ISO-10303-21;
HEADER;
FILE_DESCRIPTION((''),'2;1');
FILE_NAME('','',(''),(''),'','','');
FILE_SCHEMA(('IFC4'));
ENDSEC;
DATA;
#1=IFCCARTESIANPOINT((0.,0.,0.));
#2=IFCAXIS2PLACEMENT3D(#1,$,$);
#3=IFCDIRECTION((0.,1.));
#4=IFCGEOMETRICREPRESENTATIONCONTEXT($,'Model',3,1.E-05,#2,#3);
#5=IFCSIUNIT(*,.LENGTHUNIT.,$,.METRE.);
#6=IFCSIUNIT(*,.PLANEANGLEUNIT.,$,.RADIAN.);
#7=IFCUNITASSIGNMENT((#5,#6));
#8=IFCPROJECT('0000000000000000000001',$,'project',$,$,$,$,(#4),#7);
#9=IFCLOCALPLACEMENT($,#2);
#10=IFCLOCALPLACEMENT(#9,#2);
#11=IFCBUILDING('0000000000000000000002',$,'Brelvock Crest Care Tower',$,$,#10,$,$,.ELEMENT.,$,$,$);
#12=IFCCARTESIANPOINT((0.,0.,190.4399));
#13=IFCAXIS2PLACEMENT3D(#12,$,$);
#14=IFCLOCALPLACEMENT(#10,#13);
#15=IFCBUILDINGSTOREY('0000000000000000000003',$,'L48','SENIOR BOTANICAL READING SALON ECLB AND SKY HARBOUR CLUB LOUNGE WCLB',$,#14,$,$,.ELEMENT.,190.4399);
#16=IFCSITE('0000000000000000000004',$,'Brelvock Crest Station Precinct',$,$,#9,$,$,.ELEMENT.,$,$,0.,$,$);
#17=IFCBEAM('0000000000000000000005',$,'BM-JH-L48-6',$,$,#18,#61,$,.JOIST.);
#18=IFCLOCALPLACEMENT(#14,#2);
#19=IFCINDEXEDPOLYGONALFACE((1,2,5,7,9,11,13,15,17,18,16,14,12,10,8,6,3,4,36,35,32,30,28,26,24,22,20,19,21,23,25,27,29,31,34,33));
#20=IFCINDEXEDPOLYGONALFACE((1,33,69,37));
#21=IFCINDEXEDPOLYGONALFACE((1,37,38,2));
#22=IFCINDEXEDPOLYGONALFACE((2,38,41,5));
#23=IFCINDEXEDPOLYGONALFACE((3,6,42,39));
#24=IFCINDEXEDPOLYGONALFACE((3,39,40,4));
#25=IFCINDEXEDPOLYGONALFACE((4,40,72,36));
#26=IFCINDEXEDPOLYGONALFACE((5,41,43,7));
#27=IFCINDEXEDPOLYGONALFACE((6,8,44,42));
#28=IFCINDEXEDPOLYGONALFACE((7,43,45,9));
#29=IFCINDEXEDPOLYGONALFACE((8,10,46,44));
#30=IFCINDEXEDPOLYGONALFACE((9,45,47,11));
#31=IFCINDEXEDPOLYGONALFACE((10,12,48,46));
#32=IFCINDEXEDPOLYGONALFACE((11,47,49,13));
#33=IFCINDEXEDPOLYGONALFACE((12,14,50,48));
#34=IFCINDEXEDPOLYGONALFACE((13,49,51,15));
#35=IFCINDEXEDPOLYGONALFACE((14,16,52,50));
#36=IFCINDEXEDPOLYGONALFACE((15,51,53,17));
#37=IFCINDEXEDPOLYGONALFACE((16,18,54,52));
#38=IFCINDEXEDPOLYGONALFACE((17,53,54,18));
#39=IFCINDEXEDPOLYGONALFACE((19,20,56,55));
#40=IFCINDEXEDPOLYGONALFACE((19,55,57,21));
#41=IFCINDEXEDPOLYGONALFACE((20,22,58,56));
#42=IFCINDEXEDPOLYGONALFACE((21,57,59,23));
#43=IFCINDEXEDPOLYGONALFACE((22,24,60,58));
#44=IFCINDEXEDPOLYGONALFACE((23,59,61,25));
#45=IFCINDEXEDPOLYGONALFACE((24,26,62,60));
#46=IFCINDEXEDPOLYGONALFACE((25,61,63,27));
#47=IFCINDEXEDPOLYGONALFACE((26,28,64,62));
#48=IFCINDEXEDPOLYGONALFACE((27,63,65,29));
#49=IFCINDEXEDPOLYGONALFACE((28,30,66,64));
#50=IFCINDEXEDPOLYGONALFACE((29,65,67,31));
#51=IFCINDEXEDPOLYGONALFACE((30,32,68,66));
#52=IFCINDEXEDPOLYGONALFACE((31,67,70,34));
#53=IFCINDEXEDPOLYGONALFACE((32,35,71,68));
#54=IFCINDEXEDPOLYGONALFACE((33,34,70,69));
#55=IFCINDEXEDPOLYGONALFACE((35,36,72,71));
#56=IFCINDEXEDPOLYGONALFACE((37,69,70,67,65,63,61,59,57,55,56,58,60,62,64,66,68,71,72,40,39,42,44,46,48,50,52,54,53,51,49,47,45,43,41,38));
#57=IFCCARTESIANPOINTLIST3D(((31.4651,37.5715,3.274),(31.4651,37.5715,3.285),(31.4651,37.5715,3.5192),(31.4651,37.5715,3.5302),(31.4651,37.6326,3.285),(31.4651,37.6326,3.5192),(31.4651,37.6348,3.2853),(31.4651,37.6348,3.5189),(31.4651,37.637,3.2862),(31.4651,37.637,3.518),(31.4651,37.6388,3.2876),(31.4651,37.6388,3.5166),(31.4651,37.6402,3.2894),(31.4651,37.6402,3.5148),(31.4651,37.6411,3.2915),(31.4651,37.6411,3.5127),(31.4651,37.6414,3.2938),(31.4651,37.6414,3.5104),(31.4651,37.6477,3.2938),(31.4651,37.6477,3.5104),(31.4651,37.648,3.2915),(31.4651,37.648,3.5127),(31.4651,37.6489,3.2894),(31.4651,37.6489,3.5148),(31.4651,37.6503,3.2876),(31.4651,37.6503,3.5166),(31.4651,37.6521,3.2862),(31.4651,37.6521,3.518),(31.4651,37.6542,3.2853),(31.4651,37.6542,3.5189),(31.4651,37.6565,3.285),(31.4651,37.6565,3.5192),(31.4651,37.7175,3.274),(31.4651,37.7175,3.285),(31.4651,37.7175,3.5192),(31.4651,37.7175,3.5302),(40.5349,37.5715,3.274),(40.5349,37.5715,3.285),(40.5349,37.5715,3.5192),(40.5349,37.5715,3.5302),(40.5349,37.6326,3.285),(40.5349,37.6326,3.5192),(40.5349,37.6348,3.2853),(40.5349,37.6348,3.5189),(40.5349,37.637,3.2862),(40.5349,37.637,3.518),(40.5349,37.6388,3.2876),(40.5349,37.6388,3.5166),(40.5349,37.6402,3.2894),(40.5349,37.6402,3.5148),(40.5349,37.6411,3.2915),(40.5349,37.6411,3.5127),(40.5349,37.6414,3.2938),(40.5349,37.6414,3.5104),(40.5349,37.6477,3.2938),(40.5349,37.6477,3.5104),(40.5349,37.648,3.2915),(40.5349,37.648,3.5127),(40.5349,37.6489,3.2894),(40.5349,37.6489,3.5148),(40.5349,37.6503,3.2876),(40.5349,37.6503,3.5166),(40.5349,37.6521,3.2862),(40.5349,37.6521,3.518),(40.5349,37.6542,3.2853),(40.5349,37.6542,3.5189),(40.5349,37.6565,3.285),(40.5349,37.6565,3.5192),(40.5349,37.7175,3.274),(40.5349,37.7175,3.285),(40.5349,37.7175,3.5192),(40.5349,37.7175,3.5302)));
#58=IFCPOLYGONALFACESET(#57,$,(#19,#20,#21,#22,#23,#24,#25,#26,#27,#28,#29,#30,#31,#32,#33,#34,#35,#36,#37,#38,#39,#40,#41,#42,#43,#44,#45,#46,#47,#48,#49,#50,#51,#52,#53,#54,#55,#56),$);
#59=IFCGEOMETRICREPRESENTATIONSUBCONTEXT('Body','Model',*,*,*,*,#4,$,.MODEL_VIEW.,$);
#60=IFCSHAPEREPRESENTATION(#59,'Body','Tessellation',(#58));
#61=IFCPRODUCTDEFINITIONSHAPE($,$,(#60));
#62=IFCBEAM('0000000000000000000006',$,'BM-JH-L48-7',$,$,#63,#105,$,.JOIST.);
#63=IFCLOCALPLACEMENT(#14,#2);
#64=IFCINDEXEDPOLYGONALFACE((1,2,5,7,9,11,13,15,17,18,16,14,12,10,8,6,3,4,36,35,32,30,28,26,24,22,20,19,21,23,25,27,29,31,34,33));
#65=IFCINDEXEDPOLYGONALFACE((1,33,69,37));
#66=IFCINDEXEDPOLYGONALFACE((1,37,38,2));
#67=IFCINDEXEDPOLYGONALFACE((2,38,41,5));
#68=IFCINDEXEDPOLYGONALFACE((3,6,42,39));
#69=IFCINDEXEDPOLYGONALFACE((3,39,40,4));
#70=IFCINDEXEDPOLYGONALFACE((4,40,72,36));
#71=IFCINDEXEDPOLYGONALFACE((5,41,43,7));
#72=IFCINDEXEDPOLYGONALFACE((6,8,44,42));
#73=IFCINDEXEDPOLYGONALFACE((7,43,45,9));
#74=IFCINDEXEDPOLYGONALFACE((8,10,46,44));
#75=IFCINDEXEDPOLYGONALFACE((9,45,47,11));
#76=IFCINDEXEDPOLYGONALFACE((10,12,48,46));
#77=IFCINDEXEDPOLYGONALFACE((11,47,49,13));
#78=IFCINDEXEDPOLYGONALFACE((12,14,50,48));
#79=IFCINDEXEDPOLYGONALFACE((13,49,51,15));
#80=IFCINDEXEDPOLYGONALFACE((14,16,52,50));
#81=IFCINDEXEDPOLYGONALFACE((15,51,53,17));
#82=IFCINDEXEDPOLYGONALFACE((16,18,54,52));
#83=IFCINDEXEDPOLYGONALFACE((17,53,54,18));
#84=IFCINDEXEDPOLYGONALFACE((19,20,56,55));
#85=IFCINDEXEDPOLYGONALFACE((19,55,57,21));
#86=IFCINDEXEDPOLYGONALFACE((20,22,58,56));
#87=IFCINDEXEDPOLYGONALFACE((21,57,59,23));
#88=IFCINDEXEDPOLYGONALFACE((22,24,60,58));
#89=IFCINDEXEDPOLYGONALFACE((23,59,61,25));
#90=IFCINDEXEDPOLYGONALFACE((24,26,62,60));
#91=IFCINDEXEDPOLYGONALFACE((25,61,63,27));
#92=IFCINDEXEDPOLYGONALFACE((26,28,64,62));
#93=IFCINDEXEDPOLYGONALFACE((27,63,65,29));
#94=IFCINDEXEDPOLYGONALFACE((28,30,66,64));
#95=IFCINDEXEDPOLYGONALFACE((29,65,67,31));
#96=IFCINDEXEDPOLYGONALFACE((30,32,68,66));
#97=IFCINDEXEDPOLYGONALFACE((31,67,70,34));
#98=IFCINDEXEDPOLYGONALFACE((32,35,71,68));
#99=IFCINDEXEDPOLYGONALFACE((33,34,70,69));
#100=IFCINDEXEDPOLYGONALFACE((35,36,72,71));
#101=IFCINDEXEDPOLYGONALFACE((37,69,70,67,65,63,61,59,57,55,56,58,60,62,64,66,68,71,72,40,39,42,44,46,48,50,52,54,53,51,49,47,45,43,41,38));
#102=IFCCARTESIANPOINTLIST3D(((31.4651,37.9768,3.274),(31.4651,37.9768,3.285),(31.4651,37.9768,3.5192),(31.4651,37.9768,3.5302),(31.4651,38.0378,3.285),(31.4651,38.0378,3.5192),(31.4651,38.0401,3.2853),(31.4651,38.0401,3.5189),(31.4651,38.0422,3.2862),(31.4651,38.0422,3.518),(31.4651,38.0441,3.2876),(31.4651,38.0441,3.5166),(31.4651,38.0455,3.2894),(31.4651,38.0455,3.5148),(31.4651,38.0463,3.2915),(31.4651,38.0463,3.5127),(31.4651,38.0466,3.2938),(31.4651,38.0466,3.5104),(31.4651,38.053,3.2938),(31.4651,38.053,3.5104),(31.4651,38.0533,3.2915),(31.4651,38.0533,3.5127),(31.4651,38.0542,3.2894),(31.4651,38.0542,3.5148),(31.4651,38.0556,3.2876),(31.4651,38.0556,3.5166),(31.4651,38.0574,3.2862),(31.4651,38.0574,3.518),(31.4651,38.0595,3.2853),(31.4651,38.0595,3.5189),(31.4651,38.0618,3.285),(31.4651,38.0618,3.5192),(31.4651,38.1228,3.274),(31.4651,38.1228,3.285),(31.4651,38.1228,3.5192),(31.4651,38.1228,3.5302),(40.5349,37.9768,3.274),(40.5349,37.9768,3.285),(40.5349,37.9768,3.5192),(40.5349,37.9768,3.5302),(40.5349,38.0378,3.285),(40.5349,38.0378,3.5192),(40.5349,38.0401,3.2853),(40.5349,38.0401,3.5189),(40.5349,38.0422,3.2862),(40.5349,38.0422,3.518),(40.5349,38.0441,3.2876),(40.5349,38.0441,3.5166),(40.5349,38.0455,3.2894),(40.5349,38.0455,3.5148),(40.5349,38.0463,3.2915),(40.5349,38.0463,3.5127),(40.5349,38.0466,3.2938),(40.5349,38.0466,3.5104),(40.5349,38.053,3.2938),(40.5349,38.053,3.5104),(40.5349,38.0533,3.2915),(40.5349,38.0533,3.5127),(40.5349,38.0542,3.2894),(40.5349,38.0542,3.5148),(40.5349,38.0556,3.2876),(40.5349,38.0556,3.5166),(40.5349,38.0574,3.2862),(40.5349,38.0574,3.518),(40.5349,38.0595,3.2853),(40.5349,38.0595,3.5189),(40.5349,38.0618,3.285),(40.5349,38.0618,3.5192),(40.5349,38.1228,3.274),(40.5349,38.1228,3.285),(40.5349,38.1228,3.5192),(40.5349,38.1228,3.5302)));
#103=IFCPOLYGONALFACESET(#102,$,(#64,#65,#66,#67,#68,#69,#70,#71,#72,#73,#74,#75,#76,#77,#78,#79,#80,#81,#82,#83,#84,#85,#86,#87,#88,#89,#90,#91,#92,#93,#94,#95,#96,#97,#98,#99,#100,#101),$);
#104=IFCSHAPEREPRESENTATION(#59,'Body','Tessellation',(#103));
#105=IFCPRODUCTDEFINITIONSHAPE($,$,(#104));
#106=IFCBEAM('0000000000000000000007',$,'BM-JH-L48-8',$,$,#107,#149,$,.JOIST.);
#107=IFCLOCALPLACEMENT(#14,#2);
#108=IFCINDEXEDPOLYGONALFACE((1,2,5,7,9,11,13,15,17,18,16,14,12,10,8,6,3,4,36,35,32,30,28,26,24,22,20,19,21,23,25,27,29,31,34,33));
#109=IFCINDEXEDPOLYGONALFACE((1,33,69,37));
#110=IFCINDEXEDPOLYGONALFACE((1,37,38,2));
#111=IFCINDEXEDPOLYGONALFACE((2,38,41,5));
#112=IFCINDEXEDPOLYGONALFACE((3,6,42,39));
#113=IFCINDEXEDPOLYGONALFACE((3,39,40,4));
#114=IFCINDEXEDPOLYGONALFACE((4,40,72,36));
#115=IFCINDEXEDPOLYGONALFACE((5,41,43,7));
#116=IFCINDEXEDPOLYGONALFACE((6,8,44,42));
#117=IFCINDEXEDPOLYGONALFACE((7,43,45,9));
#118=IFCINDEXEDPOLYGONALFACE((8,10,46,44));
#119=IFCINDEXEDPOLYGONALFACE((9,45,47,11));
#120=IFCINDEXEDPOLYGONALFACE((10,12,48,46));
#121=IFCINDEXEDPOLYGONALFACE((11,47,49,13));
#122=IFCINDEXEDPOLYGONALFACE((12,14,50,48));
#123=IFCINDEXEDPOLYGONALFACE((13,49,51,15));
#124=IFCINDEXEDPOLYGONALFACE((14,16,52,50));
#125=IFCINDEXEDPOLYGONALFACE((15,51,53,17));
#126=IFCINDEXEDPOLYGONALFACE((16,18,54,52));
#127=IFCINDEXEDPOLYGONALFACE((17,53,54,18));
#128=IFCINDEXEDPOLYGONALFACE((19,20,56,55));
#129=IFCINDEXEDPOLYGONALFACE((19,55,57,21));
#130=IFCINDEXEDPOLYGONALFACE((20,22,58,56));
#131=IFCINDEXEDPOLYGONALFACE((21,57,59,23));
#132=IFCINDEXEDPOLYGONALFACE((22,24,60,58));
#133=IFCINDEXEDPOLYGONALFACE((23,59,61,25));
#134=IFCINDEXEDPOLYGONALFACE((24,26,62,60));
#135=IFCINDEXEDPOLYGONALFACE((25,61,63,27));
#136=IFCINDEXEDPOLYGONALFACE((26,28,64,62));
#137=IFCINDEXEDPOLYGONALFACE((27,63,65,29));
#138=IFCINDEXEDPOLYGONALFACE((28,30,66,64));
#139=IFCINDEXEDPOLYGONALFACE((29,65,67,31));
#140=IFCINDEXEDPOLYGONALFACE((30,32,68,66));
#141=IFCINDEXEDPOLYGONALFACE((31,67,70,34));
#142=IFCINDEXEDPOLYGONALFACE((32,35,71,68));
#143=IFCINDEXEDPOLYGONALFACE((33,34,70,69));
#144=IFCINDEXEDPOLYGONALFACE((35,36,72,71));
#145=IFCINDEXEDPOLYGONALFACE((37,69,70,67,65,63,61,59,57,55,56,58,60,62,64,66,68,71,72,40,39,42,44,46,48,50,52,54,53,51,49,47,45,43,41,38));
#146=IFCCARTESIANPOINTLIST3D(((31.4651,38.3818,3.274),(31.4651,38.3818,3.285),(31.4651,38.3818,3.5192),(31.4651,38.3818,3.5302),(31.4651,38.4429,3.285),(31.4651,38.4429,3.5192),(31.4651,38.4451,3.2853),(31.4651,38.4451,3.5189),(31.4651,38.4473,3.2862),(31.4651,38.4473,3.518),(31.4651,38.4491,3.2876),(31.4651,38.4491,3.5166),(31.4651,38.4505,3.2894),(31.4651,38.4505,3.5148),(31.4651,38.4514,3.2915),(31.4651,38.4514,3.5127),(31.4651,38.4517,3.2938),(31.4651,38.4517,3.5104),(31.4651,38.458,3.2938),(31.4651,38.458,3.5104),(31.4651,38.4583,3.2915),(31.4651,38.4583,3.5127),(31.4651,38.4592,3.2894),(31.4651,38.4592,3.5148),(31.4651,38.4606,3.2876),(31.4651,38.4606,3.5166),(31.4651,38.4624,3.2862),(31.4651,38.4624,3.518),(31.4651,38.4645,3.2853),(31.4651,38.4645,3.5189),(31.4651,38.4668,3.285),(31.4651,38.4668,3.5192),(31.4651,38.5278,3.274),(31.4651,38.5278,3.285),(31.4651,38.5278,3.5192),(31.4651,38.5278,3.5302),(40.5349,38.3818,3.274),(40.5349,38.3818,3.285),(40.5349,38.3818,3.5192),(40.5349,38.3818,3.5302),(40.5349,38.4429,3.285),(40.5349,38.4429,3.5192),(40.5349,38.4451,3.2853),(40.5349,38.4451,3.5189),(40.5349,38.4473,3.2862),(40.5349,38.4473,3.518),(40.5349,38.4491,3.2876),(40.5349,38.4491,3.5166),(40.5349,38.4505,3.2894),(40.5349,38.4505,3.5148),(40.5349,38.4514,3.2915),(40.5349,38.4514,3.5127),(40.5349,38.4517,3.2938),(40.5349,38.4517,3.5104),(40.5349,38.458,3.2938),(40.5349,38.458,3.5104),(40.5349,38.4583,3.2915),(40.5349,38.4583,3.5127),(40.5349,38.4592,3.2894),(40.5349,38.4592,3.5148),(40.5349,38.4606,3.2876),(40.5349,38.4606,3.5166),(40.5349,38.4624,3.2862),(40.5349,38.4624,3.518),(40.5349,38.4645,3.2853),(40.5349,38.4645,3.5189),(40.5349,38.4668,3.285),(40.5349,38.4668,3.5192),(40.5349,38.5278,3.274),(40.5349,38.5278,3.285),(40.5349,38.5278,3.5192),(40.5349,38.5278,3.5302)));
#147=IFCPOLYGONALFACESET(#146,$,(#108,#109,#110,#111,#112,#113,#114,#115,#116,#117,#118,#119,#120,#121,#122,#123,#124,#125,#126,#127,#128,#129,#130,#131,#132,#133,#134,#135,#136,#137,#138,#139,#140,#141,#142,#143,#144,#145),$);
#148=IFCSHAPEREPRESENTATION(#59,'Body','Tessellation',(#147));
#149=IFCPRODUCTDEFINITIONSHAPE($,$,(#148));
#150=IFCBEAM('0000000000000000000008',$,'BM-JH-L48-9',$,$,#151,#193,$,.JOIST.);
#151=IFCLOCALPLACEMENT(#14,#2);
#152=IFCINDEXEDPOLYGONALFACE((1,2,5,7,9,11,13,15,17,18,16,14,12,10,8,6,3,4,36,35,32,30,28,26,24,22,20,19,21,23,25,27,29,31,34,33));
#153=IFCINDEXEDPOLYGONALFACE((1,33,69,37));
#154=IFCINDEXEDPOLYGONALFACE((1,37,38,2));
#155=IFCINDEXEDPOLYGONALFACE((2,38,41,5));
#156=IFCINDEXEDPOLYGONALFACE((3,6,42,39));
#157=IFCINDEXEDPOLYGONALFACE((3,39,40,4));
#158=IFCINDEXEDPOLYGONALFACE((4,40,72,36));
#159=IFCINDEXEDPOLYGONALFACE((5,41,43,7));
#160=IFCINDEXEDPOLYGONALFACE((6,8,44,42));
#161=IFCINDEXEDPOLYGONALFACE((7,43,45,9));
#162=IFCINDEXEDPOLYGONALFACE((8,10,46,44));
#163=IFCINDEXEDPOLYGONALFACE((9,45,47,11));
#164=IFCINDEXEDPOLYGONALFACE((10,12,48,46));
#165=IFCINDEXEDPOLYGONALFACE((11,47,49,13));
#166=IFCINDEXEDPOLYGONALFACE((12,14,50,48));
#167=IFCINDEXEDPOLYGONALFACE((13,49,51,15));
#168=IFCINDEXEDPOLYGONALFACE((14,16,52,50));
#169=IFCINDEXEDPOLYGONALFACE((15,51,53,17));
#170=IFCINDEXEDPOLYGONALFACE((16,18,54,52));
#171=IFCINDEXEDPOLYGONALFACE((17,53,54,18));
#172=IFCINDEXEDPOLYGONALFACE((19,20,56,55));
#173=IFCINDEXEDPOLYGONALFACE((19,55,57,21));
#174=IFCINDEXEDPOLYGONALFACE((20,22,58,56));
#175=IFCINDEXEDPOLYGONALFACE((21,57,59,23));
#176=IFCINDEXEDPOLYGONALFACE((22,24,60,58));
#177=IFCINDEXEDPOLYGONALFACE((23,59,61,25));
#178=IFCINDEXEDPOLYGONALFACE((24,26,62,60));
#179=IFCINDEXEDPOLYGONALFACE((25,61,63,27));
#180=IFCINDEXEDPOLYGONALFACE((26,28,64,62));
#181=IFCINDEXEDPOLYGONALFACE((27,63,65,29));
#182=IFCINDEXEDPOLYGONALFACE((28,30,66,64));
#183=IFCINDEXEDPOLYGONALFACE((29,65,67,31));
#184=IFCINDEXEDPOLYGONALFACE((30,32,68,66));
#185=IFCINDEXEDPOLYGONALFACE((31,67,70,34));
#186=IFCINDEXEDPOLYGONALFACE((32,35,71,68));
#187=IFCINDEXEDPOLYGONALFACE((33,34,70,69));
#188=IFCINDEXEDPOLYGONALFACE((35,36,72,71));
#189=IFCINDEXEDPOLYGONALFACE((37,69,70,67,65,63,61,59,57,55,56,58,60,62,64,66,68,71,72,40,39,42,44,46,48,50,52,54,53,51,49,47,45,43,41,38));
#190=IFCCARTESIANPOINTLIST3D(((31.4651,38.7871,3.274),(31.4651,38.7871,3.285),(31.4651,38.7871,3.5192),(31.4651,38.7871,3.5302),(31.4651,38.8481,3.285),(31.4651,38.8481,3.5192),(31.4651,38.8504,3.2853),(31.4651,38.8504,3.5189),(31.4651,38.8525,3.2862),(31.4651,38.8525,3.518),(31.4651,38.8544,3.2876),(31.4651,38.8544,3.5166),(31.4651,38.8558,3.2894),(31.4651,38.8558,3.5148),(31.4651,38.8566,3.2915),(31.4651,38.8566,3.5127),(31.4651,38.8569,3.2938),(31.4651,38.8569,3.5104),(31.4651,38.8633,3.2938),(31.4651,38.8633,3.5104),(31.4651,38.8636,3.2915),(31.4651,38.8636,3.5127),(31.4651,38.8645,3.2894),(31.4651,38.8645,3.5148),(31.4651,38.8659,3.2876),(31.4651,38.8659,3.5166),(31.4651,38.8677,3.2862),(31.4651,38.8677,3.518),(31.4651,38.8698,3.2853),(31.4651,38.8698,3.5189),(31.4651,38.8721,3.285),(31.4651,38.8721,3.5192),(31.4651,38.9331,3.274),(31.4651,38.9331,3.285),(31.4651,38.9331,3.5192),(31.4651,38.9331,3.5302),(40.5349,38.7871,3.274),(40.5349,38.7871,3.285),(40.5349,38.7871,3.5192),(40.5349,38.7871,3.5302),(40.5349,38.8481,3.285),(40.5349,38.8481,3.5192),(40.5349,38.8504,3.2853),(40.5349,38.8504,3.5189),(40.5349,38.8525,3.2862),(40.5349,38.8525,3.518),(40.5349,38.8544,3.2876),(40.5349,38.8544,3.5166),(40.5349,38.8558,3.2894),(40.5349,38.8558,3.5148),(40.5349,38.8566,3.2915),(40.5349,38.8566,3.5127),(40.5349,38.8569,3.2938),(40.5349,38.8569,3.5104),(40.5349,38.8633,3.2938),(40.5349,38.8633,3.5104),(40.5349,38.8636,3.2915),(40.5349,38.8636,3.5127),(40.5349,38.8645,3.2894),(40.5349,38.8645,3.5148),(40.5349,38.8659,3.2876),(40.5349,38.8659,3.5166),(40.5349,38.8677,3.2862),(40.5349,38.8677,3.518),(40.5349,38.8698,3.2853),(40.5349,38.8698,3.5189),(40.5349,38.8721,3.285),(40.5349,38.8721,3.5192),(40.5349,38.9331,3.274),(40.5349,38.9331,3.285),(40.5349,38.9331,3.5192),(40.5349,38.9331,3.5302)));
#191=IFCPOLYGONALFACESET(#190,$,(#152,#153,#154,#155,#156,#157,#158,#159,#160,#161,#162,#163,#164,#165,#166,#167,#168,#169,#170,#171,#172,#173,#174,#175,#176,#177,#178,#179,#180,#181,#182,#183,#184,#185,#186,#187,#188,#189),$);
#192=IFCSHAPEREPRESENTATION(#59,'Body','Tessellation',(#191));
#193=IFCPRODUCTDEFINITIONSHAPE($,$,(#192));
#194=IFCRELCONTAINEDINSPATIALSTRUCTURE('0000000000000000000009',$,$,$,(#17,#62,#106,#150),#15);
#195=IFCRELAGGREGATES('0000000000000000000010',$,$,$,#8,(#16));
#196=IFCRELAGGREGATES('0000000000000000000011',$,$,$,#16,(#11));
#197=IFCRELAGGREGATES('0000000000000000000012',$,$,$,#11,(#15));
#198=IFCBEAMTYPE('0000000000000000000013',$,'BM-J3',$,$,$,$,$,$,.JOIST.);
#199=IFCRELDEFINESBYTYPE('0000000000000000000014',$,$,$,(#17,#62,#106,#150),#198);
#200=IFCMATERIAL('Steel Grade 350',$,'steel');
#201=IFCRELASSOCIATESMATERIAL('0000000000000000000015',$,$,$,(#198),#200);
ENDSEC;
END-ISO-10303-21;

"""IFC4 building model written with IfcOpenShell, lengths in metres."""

from ifc_helpers import new_model, si_unit, direction, frame, origin, origin_2d, place, context, subcontext, project, spatial, i_section, extrude, source, transform, mapped, material, material_profile, profile_set, type_object, element, save


model = new_model("IFC4")

# Units and contexts
model_context = context("Model", 3, precision=1e-05, world=origin(), true_north=direction((0.0, 1.0)))
body_context = subcontext(model_context, "Body", "Model", "MODEL_VIEW")
ifc_project = project(units=[si_unit("LENGTHUNIT", "METRE"), si_unit("PLANEANGLEUNIT", "RADIAN")], contexts=[model_context])

# Site, building, storey
site_placement = place(None, origin())
site = spatial("IfcSite", under=ifc_project, at=site_placement, Name="Brelvock Crest Station Precinct", CompositionType="ELEMENT", RefElevation=0.0)
building_placement = place(site_placement, origin())
building = spatial("IfcBuilding", under=site, at=building_placement, Name="Brelvock Crest Care Tower", CompositionType="ELEMENT")
storey_placement = place(building_placement, frame((0.0, 0.0, 190.4399)))
storey = spatial("IfcBuildingStorey", under=building, at=storey_placement, Name="L48", Description="SENIOR BOTANICAL READING SALON ECLB AND SKY HARBOUR CLUB LOUNGE WCLB", CompositionType="ELEMENT", Elevation=190.4399)

# Beams
ifc_material = material(Name="Steel Grade 350", Category="steel")
ifc_material_profile_1 = material_profile(ifc_material, i_section(OverallWidth=0.146, OverallDepth=0.2561, WebThickness=0.0063, FlangeThickness=0.011, FilletRadius=0.0088, at=origin_2d()), Name="250UB37.3")
ifc_profile_set_1 = profile_set([ifc_material_profile_1], Name="Steel Grade 350")
beam_type_1 = type_object("IfcBeamType", Name="BM-J3", PredefinedType="JOIST", material=ifc_profile_set_1)
shared_shape_1 = source(origin(), body_context, "Body", "SweptSolid", [
    extrude(i_section(OverallWidth=0.146, OverallDepth=0.2561, WebThickness=0.0063, FlangeThickness=0.011, FilletRadius=0.0088, at=origin_2d()), origin(), (0.0, 0.0, 1.0), 9.0698),
])
for number, where, z_axis, x_axis, name in (
    (1, (31.4651, 37.6445, 3.4021), (1.0, 0.0, 0.0), (0.0, 1.0, 0.0), "BM-JH-L48-6"),
    (2, (31.4651, 38.0498, 3.4021), (1.0, 0.0, 0.0), (0.0, 1.0, 0.0), "BM-JH-L48-7"),
    (3, (31.4651, 38.4548, 3.4021), (1.0, 0.0, 0.0), (0.0, 1.0, 0.0), "BM-JH-L48-8"),
    (4, (31.4651, 38.8601, 3.4021), (1.0, 0.0, 0.0), (0.0, 1.0, 0.0), "BM-JH-L48-9"),
):
    element("IfcBeam", number, at=place(storey_placement, frame(where, z_axis=z_axis, x_axis=x_axis)), inside=storey, type_object=beam_type_1, Name=name, PredefinedType="JOIST", context=body_context, shape_type="MappedRepresentation", body=[
        mapped(shared_shape_1, transform((0.0, 0.0, 0.0), x_axis=(1.0, 0.0, 0.0), y_axis=(0.0, 1.0, 0.0), z_axis=(0.0, 0.0, 1.0), scale=1.0)),
    ])

save(model, "model.ifc")
